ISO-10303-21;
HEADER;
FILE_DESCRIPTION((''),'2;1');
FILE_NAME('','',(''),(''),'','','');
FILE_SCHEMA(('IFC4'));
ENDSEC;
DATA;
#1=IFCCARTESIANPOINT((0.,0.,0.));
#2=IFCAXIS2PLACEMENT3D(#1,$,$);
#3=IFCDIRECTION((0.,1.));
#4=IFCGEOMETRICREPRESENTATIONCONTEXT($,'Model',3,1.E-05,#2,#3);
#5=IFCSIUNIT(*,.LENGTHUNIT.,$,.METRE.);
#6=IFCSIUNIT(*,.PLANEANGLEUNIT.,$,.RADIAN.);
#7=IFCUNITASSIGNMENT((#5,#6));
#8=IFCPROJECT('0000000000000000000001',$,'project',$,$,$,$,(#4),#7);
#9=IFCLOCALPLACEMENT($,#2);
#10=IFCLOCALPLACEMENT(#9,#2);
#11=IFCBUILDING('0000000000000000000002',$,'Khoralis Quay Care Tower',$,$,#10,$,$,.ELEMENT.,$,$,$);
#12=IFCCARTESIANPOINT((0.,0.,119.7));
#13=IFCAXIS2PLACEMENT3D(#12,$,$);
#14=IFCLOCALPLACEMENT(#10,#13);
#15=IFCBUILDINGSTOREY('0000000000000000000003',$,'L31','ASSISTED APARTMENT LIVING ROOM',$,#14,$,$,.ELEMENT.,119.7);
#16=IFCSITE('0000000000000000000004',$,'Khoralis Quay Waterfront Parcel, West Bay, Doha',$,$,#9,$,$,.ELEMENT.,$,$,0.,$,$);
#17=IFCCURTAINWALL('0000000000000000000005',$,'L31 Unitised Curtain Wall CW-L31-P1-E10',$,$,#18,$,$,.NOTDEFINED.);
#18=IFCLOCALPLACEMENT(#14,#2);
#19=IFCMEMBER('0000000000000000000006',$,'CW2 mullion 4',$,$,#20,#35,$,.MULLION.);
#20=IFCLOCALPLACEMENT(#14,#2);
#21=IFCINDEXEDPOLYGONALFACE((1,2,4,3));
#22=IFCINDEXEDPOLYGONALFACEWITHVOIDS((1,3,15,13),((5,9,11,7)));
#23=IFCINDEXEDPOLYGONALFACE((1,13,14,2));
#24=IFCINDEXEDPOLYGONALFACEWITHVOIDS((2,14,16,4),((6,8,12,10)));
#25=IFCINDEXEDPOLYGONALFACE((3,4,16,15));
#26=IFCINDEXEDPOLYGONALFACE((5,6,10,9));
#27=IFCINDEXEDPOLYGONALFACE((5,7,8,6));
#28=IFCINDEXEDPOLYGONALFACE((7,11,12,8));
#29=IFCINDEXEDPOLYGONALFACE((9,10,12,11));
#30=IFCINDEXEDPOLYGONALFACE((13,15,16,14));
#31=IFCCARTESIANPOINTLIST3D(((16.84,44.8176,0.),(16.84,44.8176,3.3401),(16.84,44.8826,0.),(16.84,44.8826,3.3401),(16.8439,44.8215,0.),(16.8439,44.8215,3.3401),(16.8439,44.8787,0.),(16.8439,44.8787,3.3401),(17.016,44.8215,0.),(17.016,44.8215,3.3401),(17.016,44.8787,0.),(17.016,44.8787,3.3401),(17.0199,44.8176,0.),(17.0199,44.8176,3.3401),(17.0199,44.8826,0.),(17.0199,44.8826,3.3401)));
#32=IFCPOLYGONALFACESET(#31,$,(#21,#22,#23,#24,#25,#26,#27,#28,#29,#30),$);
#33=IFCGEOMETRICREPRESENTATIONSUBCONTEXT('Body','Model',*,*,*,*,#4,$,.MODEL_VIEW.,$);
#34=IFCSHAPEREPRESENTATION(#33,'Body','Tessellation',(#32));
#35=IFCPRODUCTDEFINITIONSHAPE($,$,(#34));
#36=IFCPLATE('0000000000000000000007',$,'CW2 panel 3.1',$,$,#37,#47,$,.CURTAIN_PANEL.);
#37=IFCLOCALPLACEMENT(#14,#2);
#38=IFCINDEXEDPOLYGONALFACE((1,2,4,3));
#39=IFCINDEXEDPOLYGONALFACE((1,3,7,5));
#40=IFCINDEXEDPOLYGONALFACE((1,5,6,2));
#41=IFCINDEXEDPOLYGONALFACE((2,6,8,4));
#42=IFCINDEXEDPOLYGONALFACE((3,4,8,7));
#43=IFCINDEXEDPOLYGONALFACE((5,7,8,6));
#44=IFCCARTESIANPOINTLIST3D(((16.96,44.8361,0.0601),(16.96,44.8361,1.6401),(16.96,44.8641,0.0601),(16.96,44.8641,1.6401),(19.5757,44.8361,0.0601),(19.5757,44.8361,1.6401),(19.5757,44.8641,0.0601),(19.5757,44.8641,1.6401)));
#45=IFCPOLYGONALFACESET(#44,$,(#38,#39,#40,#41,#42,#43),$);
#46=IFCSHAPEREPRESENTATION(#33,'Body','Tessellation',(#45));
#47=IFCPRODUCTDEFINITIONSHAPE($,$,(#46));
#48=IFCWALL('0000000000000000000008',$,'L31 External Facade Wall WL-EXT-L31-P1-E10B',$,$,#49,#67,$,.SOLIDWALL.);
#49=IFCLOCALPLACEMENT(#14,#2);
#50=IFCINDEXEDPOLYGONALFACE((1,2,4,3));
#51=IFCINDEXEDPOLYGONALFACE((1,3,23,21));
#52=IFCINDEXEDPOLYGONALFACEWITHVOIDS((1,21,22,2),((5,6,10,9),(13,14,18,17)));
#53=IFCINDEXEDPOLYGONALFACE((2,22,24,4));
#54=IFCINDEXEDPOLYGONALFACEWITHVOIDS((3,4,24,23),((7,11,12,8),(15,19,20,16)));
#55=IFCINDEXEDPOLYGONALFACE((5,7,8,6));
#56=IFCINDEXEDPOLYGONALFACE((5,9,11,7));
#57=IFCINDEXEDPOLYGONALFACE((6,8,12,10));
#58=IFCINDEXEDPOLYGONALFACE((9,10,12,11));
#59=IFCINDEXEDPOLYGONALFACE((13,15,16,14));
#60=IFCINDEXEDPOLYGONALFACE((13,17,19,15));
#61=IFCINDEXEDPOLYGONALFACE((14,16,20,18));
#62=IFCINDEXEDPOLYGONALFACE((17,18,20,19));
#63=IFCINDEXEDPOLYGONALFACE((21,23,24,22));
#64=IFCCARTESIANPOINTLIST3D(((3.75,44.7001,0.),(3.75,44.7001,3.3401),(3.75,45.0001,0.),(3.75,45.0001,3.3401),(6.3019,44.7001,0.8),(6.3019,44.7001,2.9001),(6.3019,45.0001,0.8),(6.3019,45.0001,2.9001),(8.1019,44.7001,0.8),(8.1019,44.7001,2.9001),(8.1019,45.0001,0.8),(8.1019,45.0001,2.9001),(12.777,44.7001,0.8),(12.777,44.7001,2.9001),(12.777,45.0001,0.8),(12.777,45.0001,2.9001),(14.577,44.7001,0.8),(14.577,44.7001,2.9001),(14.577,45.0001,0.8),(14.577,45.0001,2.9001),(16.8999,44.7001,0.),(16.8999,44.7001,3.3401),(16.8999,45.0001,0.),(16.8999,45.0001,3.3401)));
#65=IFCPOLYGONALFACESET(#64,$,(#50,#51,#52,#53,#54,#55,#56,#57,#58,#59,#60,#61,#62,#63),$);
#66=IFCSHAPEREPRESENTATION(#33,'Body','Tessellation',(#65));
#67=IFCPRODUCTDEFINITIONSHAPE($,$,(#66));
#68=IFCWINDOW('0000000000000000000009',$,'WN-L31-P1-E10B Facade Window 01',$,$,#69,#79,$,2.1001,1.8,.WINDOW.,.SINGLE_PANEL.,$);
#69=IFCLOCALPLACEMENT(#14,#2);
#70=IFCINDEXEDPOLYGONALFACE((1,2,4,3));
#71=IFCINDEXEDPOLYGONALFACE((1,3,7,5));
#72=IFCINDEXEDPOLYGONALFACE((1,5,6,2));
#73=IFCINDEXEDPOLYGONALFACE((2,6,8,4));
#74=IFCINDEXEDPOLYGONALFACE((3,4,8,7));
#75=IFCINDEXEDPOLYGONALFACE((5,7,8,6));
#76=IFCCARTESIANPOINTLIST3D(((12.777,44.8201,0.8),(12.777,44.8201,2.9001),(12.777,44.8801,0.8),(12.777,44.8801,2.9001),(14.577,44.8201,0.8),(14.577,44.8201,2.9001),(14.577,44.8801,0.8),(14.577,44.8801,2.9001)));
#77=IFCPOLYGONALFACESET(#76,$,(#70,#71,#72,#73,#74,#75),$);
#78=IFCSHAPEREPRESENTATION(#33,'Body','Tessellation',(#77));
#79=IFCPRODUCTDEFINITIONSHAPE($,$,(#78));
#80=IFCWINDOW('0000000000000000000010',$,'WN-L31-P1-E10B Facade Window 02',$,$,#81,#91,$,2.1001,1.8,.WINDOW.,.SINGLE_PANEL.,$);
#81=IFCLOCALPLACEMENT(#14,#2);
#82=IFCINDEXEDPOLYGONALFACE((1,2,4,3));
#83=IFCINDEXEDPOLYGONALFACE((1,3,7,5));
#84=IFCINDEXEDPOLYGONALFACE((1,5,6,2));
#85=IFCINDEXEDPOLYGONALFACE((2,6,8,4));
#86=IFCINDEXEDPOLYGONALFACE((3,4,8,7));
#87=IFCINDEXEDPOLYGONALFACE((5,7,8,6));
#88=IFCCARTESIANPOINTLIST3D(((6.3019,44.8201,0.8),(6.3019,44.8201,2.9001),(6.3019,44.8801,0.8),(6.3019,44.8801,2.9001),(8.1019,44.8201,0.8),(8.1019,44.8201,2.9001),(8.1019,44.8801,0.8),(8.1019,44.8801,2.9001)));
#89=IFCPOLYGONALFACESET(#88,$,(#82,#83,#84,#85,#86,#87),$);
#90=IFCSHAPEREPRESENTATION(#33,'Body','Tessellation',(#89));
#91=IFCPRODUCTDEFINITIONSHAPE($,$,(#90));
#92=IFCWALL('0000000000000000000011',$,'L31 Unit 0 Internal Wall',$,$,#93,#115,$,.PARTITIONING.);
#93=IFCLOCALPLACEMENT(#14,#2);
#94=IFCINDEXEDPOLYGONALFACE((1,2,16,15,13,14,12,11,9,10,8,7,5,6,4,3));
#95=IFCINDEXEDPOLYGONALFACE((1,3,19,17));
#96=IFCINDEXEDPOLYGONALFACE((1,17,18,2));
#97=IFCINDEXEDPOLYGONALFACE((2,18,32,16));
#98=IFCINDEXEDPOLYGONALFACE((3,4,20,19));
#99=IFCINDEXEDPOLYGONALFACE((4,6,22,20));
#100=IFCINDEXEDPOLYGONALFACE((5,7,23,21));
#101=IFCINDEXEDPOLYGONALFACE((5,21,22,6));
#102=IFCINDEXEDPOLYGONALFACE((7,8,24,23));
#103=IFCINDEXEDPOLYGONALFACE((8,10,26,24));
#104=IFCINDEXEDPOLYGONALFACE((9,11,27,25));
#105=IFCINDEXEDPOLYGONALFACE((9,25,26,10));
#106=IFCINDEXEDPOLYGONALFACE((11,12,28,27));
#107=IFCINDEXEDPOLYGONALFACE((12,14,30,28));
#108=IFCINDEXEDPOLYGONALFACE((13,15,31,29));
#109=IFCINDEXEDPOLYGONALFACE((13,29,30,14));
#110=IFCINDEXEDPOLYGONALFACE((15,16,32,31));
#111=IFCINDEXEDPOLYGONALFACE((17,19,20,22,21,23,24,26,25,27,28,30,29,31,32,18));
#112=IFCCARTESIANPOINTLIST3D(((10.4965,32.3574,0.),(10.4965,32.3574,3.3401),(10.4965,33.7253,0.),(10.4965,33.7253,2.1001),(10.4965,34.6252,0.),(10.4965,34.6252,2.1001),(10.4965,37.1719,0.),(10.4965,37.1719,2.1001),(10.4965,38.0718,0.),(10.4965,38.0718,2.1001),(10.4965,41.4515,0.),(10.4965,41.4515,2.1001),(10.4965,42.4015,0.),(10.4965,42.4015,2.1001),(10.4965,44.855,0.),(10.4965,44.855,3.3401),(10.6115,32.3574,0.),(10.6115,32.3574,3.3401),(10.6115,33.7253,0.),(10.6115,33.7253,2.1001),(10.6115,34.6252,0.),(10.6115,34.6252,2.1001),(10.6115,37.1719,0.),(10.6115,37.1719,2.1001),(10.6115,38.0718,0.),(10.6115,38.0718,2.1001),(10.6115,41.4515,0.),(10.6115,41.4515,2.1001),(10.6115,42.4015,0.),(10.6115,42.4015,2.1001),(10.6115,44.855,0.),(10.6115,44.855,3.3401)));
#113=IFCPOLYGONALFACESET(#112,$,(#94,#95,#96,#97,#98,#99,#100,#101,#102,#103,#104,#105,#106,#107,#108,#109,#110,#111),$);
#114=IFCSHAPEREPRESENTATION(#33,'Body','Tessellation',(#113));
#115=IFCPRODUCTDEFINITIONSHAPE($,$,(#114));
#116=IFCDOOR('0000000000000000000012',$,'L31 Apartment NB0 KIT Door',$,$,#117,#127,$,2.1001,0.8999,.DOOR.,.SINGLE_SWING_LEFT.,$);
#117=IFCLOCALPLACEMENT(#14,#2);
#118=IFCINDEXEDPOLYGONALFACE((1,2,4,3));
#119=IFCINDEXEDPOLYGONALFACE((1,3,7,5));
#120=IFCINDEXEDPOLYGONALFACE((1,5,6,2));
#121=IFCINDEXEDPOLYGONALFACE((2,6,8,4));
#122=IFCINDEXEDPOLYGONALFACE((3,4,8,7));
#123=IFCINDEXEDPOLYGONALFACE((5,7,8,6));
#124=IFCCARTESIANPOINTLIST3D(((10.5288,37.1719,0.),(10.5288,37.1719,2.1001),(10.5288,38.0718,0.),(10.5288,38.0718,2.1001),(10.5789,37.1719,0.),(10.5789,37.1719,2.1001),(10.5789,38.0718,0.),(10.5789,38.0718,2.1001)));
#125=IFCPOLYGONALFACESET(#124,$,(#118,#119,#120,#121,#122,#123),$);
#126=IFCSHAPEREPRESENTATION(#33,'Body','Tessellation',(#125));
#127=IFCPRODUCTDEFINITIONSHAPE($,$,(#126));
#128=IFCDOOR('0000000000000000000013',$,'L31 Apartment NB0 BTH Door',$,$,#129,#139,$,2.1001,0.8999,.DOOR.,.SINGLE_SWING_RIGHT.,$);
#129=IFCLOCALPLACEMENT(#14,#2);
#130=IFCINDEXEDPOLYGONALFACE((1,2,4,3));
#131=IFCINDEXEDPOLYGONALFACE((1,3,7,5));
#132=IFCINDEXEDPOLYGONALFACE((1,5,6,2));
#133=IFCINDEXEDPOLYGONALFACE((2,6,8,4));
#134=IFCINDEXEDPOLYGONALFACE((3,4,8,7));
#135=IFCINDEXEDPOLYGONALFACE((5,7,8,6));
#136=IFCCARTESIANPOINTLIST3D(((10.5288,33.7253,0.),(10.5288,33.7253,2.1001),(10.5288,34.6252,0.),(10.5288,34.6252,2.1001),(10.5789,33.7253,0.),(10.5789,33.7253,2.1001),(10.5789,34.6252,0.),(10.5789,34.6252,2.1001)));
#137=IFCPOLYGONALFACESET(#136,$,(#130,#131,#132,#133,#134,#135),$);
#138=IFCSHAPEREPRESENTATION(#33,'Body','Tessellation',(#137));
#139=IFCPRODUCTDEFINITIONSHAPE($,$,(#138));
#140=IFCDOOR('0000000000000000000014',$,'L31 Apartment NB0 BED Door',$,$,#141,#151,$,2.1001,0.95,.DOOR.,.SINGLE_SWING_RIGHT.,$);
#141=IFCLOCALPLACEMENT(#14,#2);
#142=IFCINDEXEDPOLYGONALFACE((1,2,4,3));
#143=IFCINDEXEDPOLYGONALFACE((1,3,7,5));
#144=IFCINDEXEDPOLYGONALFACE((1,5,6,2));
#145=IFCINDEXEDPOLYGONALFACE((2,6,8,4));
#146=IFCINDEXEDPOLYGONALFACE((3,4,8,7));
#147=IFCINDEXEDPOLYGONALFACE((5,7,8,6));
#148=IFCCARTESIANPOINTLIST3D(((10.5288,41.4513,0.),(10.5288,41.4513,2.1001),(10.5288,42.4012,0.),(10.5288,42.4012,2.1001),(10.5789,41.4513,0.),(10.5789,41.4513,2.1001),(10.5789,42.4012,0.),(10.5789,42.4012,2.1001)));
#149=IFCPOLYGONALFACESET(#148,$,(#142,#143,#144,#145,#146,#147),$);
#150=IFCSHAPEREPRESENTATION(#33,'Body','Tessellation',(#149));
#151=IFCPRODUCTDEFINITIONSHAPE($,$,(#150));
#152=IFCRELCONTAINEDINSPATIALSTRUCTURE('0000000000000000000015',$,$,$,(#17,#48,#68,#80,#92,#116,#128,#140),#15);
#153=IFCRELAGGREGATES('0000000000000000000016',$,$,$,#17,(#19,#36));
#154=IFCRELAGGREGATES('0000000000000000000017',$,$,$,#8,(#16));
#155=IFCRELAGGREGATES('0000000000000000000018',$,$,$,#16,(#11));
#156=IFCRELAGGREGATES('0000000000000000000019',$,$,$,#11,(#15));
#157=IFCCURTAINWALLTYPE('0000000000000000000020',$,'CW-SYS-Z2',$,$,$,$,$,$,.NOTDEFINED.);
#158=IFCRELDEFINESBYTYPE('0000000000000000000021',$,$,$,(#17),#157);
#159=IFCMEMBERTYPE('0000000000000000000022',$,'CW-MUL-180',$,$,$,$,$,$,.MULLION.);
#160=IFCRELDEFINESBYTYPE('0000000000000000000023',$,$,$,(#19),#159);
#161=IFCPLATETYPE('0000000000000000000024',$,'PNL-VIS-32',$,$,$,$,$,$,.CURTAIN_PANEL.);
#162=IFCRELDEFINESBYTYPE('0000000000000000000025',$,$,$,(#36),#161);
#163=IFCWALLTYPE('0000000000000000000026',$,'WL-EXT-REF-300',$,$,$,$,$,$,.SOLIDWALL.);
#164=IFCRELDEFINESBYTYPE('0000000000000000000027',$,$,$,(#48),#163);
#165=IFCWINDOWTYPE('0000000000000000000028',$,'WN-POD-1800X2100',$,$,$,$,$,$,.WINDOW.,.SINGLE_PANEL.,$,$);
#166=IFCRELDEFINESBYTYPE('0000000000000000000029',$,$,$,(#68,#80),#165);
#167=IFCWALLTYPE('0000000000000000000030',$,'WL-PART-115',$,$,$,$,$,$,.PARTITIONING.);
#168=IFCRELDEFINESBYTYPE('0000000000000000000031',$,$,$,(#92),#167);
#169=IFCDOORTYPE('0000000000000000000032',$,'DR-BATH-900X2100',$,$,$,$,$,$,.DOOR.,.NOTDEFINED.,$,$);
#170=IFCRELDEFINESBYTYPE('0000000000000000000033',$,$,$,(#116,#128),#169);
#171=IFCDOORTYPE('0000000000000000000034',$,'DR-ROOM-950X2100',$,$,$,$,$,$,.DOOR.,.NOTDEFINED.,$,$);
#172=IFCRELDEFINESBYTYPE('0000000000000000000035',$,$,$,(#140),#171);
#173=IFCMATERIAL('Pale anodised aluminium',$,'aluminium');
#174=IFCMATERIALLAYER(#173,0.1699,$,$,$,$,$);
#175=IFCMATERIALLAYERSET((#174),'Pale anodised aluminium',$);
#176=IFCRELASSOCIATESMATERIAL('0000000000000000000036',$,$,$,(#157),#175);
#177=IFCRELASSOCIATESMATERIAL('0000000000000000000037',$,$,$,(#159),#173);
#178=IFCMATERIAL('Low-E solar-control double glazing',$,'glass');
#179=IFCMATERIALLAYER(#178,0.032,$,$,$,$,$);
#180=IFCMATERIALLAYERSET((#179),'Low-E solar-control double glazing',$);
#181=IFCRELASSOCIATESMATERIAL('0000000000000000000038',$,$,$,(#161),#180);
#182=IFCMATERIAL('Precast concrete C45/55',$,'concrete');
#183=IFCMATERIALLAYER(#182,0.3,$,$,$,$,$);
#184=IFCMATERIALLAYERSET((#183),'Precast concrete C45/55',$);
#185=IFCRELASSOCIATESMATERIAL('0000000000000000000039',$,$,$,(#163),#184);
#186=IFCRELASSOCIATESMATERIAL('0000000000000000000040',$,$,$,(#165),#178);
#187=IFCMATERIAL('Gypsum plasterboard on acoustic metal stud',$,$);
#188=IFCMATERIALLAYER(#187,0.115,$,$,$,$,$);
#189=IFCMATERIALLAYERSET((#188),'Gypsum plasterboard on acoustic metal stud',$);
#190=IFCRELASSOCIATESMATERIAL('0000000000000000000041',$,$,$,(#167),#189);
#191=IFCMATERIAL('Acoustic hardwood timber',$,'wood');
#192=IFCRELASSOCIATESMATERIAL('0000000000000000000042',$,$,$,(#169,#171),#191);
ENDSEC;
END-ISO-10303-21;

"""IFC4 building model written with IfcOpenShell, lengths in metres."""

from ifc_helpers import new_model, si_unit, direction, frame, frame_2d, origin, origin_2d, place, context, subcontext, project, spatial, rectangle, hollow_rectangle, extrude, source, transform, mapped, material, layer, layer_set, material_profile, profile_set, type_object, element, fill, aggregate, save


model = new_model("IFC4")

# Units and contexts
model_context = context("Model", 3, precision=1e-05, world=origin(), true_north=direction((0.0, 1.0)))
body_context = subcontext(model_context, "Body", "Model", "MODEL_VIEW")
ifc_project = project(units=[si_unit("LENGTHUNIT", "METRE"), si_unit("PLANEANGLEUNIT", "RADIAN")], contexts=[model_context])

# Site, building, storey
site_placement = place(None, origin())
site = spatial("IfcSite", under=ifc_project, at=site_placement, Name="Khoralis Quay Waterfront Parcel, West Bay, Doha", CompositionType="ELEMENT", RefElevation=0.0)
building_placement = place(site_placement, origin())
building = spatial("IfcBuilding", under=site, at=building_placement, Name="Khoralis Quay Care Tower", CompositionType="ELEMENT")
storey_placement = place(building_placement, frame((0.0, 0.0, 119.7)))
storey = spatial("IfcBuildingStorey", under=building, at=storey_placement, Name="L31", Description="ASSISTED APARTMENT LIVING ROOM", CompositionType="ELEMENT", Elevation=119.7)

# Curtain wall, member, plate
ifc_material_1 = material(Name="Pale anodised aluminium", Category="aluminium")
ifc_layer_1 = layer(ifc_material_1, 0.1699)
ifc_layer_set_1 = layer_set([ifc_layer_1], Name="Pale anodised aluminium")
curtain_wall_type = type_object("IfcCurtainWallType", Name="CW-SYS-Z2", PredefinedType="NOTDEFINED", material=ifc_layer_set_1)
curtain_wall_placement = place(storey_placement, origin())
curtain_wall = element("IfcCurtainWall", 1, at=curtain_wall_placement, inside=storey, type_object=curtain_wall_type, Name="L31 Unitised Curtain Wall CW-L31-P1-E10", PredefinedType="NOTDEFINED")
ifc_material_profile_1 = material_profile(ifc_material_1, hollow_rectangle(XDim=0.0649, YDim=0.1799, WallThickness=0.0039, at=origin_2d()), Name="Pale anodised aluminium")
ifc_profile_set_1 = profile_set([ifc_material_profile_1], Name="Pale anodised aluminium")
member_type = type_object("IfcMemberType", Name="CW-MUL-180", PredefinedType="MULLION", material=ifc_profile_set_1)
shared_shape_1 = source(origin(), body_context, "Body", "SweptSolid", [
    extrude(hollow_rectangle(XDim=0.0649, YDim=0.1799, WallThickness=0.0039, at=origin_2d()), origin(), (0.0, 0.0, 1.0), 3.3401),
])
member_placement = place(storey_placement, frame((16.9299, 44.8501, 0.0), z_axis=(0.0, 0.0, 1.0), x_axis=(0.0, -1.0, 0.0)))
member = element("IfcMember", 2, at=member_placement, type_object=member_type, Name="CW2 mullion 4", PredefinedType="MULLION", context=body_context, shape_type="MappedRepresentation", body=[
    mapped(shared_shape_1, transform((0.0, 0.0, 0.0), scale=1.0)),
])
ifc_material_2 = material(Name="Low-E solar-control double glazing", Category="glass")
ifc_layer_2 = layer(ifc_material_2, 0.032)
ifc_layer_set_2 = layer_set([ifc_layer_2], Name="Low-E solar-control double glazing")
plate_type = type_object("IfcPlateType", Name="PNL-VIS-32", PredefinedType="CURTAIN_PANEL", material=ifc_layer_set_2)
shared_shape_2 = source(origin(), body_context, "Body", "SweptSolid", [
    extrude(rectangle(XDim=2.6157, YDim=0.0281, at=origin_2d()), origin(), (0.0, 0.0, 1.0), 1.5801),
])
plate_placement = place(storey_placement, frame((18.2678, 44.8501, 0.0601), z_axis=(0.0, 0.0, 1.0), x_axis=(-1.0, 0.0, 0.0)))
plate = element("IfcPlate", 3, at=plate_placement, type_object=plate_type, Name="CW2 panel 3.1", PredefinedType="CURTAIN_PANEL", context=body_context, shape_type="MappedRepresentation", body=[
    mapped(shared_shape_2, transform((0.0, 0.0, 0.0), scale=1.0)),
])
aggregate(curtain_wall, [member, plate])

# Wall, openings, windows
ifc_material_3 = material(Name="Precast concrete C45/55", Category="concrete")
ifc_layer_3 = layer(ifc_material_3, 0.3)
ifc_layer_set_3 = layer_set([ifc_layer_3], Name="Precast concrete C45/55")
wall_type_1 = type_object("IfcWallType", Name="WL-EXT-REF-300", PredefinedType="SOLIDWALL", material=ifc_layer_set_3)
wall_1_placement = place(storey_placement, frame((16.8999, 44.8501, 0.0), z_axis=(0.0, 0.0, 1.0), x_axis=(-1.0, 0.0, 0.0)))
wall_1 = element("IfcWall", 4, at=wall_1_placement, inside=storey, type_object=wall_type_1, Name="L31 External Facade Wall WL-EXT-L31-P1-E10B", PredefinedType="SOLIDWALL", context=body_context, shape_type="SweptSolid", body=[
    extrude(rectangle(XDim=13.1499, YDim=0.3, at=frame_2d((6.575, 0.0))), origin(), (0.0, 0.0, 1.0), 3.3401),
])
opening_1_placement = place(wall_1_placement, frame((2.323, 0.0, 0.8)))
opening_1 = element("IfcOpeningElement", 5, at=opening_1_placement, cuts=wall_1, PredefinedType="OPENING", context=body_context, shape_type="SweptSolid", body=[
    extrude(rectangle(XDim=1.8, YDim=2.1001, at=frame_2d((0.8999, 1.05))), frame((0.0, 0.1602, 0.0), z_axis=(0.0, -1.0, 0.0), x_axis=(1.0, 0.0, 0.0)), (0.0, 0.0, 1.0), 0.3201),
])
opening_2_placement = place(wall_1_placement, frame((8.7981, 0.0, 0.8)))
opening_2 = element("IfcOpeningElement", 6, at=opening_2_placement, cuts=wall_1, PredefinedType="OPENING", context=body_context, shape_type="SweptSolid", body=[
    extrude(rectangle(XDim=1.8, YDim=2.1001, at=frame_2d((0.8999, 1.05))), frame((0.0, 0.1602, 0.0), z_axis=(0.0, -1.0, 0.0), x_axis=(1.0, 0.0, 0.0)), (0.0, 0.0, 1.0), 0.3201),
])
window_type = type_object("IfcWindowType", Name="WN-POD-1800X2100", PartitioningType="SINGLE_PANEL", PredefinedType="WINDOW", material=ifc_material_2)
shared_shape_3 = source(origin(), body_context, "Body", "SweptSolid", [
    extrude(rectangle(XDim=1.8, YDim=2.1001, at=frame_2d((0.8999, 1.05))), frame((0.0, 0.03, 0.0), z_axis=(0.0, -1.0, 0.0), x_axis=(1.0, 0.0, 0.0)), (0.0, 0.0, 1.0), 0.0601),
])
window_1_placement = place(opening_1_placement, origin())
window_1 = element("IfcWindow", 7, at=window_1_placement, inside=storey, type_object=window_type, Name="WN-L31-P1-E10B Facade Window 01", OverallHeight=2.1001, OverallWidth=1.8, PartitioningType="SINGLE_PANEL", PredefinedType="WINDOW", context=body_context, shape_type="MappedRepresentation", body=[
    mapped(shared_shape_3, transform((0.0, 0.0, 0.0), scale=1.0)),
])
fill(opening_1, window_1)
window_2_placement = place(opening_2_placement, origin())
window_2 = element("IfcWindow", 8, at=window_2_placement, inside=storey, type_object=window_type, Name="WN-L31-P1-E10B Facade Window 02", OverallHeight=2.1001, OverallWidth=1.8, PartitioningType="SINGLE_PANEL", PredefinedType="WINDOW", context=body_context, shape_type="MappedRepresentation", body=[
    mapped(shared_shape_3, transform((0.0, 0.0, 0.0), scale=1.0)),
])
fill(opening_2, window_2)

# Wall, openings, doors
ifc_material_4 = material(Name="Gypsum plasterboard on acoustic metal stud")
ifc_layer_4 = layer(ifc_material_4, 0.115)
ifc_layer_set_4 = layer_set([ifc_layer_4], Name="Gypsum plasterboard on acoustic metal stud")
wall_type_2 = type_object("IfcWallType", Name="WL-PART-115", PredefinedType="PARTITIONING", material=ifc_layer_set_4)
wall_2_placement = place(storey_placement, frame((10.554, 32.3574, 0.0), z_axis=(0.0, 0.0, 1.0), x_axis=(0.0, 1.0, 0.0)))
wall_2 = element("IfcWall", 9, at=wall_2_placement, inside=storey, type_object=wall_type_2, Name="L31 Unit 0 Internal Wall", PredefinedType="PARTITIONING", context=body_context, shape_type="SweptSolid", body=[
    extrude(rectangle(XDim=12.4976, YDim=0.115, at=frame_2d((6.2488, 0.0))), origin(), (0.0, 0.0, 1.0), 3.3401),
])
opening_3_placement = place(wall_2_placement, frame((9.094, 0.0, 0.0)))
opening_3 = element("IfcOpeningElement", 10, at=opening_3_placement, cuts=wall_2, PredefinedType="OPENING", context=body_context, shape_type="SweptSolid", body=[
    extrude(rectangle(XDim=0.95, YDim=2.1001, at=frame_2d((0.4751, 1.05))), frame((0.0, 0.0674, 0.0), z_axis=(0.0, -1.0, 0.0), x_axis=(1.0, 0.0, 0.0)), (0.0, 0.0, 1.0), 0.135),
])
opening_4_placement = place(wall_2_placement, frame((4.8145, 0.0, 0.0)))
opening_4 = element("IfcOpeningElement", 11, at=opening_4_placement, cuts=wall_2, PredefinedType="OPENING", context=body_context, shape_type="SweptSolid", body=[
    extrude(rectangle(XDim=0.8999, YDim=2.1001, at=frame_2d((0.45, 1.05))), frame((0.0, 0.0674, 0.0), z_axis=(0.0, -1.0, 0.0), x_axis=(1.0, 0.0, 0.0)), (0.0, 0.0, 1.0), 0.135),
])
opening_5_placement = place(wall_2_placement, frame((1.3679, 0.0, 0.0)))
opening_5 = element("IfcOpeningElement", 12, at=opening_5_placement, cuts=wall_2, PredefinedType="OPENING", context=body_context, shape_type="SweptSolid", body=[
    extrude(rectangle(XDim=0.8999, YDim=2.1001, at=frame_2d((0.45, 1.05))), frame((0.0, 0.0674, 0.0), z_axis=(0.0, -1.0, 0.0), x_axis=(1.0, 0.0, 0.0)), (0.0, 0.0, 1.0), 0.135),
])
ifc_material_5 = material(Name="Acoustic hardwood timber", Category="wood")
door_type_1 = type_object("IfcDoorType", Name="DR-BATH-900X2100", OperationType="NOTDEFINED", PredefinedType="DOOR", material=ifc_material_5)
shared_shape_4 = source(origin(), body_context, "Body", "SweptSolid", [
    extrude(rectangle(XDim=0.8999, YDim=2.1001, at=frame_2d((0.45, 1.05))), frame((0.0, 0.0249, 0.0), z_axis=(0.0, -1.0, 0.0), x_axis=(1.0, 0.0, 0.0)), (0.0, 0.0, 1.0), 0.05),
])
door_1_placement = place(opening_4_placement, frame((0.8999, 0.0, 0.0), z_axis=(0.0, 0.0, 1.0), x_axis=(-1.0, 0.0, 0.0)))
door_1 = element("IfcDoor", 13, at=door_1_placement, inside=storey, type_object=door_type_1, Name="L31 Apartment NB0 KIT Door", OperationType="SINGLE_SWING_LEFT", OverallHeight=2.1001, OverallWidth=0.8999, PredefinedType="DOOR", context=body_context, shape_type="MappedRepresentation", body=[
    mapped(shared_shape_4, transform((0.0, 0.0, 0.0), scale=1.0)),
])
fill(opening_4, door_1)
door_2_placement = place(opening_5_placement, frame((0.8999, 0.0, 0.0), z_axis=(0.0, 0.0, 1.0), x_axis=(-1.0, 0.0, 0.0)))
door_2 = element("IfcDoor", 14, at=door_2_placement, inside=storey, type_object=door_type_1, Name="L31 Apartment NB0 BTH Door", OperationType="SINGLE_SWING_RIGHT", OverallHeight=2.1001, OverallWidth=0.8999, PredefinedType="DOOR", context=body_context, shape_type="MappedRepresentation", body=[
    mapped(shared_shape_4, transform((0.0, 0.0, 0.0), scale=1.0)),
])
fill(opening_5, door_2)
door_type_2 = type_object("IfcDoorType", Name="DR-ROOM-950X2100", OperationType="NOTDEFINED", PredefinedType="DOOR", material=ifc_material_5)
shared_shape_5 = source(origin(), body_context, "Body", "SweptSolid", [
    extrude(rectangle(XDim=0.95, YDim=2.1001, at=frame_2d((0.4751, 1.05))), frame((0.0, 0.0249, 0.0), z_axis=(0.0, -1.0, 0.0), x_axis=(1.0, 0.0, 0.0)), (0.0, 0.0, 1.0), 0.05),
])
door_3_placement = place(opening_3_placement, frame((0.95, 0.0, 0.0), z_axis=(0.0, 0.0, 1.0), x_axis=(-1.0, 0.0, 0.0)))
door_3 = element("IfcDoor", 15, at=door_3_placement, inside=storey, type_object=door_type_2, Name="L31 Apartment NB0 BED Door", OperationType="SINGLE_SWING_RIGHT", OverallHeight=2.1001, OverallWidth=0.95, PredefinedType="DOOR", context=body_context, shape_type="MappedRepresentation", body=[
    mapped(shared_shape_5, transform((0.0, 0.0, 0.0), scale=1.0)),
])
fill(opening_3, door_3)

save(model, "model.ifc")
